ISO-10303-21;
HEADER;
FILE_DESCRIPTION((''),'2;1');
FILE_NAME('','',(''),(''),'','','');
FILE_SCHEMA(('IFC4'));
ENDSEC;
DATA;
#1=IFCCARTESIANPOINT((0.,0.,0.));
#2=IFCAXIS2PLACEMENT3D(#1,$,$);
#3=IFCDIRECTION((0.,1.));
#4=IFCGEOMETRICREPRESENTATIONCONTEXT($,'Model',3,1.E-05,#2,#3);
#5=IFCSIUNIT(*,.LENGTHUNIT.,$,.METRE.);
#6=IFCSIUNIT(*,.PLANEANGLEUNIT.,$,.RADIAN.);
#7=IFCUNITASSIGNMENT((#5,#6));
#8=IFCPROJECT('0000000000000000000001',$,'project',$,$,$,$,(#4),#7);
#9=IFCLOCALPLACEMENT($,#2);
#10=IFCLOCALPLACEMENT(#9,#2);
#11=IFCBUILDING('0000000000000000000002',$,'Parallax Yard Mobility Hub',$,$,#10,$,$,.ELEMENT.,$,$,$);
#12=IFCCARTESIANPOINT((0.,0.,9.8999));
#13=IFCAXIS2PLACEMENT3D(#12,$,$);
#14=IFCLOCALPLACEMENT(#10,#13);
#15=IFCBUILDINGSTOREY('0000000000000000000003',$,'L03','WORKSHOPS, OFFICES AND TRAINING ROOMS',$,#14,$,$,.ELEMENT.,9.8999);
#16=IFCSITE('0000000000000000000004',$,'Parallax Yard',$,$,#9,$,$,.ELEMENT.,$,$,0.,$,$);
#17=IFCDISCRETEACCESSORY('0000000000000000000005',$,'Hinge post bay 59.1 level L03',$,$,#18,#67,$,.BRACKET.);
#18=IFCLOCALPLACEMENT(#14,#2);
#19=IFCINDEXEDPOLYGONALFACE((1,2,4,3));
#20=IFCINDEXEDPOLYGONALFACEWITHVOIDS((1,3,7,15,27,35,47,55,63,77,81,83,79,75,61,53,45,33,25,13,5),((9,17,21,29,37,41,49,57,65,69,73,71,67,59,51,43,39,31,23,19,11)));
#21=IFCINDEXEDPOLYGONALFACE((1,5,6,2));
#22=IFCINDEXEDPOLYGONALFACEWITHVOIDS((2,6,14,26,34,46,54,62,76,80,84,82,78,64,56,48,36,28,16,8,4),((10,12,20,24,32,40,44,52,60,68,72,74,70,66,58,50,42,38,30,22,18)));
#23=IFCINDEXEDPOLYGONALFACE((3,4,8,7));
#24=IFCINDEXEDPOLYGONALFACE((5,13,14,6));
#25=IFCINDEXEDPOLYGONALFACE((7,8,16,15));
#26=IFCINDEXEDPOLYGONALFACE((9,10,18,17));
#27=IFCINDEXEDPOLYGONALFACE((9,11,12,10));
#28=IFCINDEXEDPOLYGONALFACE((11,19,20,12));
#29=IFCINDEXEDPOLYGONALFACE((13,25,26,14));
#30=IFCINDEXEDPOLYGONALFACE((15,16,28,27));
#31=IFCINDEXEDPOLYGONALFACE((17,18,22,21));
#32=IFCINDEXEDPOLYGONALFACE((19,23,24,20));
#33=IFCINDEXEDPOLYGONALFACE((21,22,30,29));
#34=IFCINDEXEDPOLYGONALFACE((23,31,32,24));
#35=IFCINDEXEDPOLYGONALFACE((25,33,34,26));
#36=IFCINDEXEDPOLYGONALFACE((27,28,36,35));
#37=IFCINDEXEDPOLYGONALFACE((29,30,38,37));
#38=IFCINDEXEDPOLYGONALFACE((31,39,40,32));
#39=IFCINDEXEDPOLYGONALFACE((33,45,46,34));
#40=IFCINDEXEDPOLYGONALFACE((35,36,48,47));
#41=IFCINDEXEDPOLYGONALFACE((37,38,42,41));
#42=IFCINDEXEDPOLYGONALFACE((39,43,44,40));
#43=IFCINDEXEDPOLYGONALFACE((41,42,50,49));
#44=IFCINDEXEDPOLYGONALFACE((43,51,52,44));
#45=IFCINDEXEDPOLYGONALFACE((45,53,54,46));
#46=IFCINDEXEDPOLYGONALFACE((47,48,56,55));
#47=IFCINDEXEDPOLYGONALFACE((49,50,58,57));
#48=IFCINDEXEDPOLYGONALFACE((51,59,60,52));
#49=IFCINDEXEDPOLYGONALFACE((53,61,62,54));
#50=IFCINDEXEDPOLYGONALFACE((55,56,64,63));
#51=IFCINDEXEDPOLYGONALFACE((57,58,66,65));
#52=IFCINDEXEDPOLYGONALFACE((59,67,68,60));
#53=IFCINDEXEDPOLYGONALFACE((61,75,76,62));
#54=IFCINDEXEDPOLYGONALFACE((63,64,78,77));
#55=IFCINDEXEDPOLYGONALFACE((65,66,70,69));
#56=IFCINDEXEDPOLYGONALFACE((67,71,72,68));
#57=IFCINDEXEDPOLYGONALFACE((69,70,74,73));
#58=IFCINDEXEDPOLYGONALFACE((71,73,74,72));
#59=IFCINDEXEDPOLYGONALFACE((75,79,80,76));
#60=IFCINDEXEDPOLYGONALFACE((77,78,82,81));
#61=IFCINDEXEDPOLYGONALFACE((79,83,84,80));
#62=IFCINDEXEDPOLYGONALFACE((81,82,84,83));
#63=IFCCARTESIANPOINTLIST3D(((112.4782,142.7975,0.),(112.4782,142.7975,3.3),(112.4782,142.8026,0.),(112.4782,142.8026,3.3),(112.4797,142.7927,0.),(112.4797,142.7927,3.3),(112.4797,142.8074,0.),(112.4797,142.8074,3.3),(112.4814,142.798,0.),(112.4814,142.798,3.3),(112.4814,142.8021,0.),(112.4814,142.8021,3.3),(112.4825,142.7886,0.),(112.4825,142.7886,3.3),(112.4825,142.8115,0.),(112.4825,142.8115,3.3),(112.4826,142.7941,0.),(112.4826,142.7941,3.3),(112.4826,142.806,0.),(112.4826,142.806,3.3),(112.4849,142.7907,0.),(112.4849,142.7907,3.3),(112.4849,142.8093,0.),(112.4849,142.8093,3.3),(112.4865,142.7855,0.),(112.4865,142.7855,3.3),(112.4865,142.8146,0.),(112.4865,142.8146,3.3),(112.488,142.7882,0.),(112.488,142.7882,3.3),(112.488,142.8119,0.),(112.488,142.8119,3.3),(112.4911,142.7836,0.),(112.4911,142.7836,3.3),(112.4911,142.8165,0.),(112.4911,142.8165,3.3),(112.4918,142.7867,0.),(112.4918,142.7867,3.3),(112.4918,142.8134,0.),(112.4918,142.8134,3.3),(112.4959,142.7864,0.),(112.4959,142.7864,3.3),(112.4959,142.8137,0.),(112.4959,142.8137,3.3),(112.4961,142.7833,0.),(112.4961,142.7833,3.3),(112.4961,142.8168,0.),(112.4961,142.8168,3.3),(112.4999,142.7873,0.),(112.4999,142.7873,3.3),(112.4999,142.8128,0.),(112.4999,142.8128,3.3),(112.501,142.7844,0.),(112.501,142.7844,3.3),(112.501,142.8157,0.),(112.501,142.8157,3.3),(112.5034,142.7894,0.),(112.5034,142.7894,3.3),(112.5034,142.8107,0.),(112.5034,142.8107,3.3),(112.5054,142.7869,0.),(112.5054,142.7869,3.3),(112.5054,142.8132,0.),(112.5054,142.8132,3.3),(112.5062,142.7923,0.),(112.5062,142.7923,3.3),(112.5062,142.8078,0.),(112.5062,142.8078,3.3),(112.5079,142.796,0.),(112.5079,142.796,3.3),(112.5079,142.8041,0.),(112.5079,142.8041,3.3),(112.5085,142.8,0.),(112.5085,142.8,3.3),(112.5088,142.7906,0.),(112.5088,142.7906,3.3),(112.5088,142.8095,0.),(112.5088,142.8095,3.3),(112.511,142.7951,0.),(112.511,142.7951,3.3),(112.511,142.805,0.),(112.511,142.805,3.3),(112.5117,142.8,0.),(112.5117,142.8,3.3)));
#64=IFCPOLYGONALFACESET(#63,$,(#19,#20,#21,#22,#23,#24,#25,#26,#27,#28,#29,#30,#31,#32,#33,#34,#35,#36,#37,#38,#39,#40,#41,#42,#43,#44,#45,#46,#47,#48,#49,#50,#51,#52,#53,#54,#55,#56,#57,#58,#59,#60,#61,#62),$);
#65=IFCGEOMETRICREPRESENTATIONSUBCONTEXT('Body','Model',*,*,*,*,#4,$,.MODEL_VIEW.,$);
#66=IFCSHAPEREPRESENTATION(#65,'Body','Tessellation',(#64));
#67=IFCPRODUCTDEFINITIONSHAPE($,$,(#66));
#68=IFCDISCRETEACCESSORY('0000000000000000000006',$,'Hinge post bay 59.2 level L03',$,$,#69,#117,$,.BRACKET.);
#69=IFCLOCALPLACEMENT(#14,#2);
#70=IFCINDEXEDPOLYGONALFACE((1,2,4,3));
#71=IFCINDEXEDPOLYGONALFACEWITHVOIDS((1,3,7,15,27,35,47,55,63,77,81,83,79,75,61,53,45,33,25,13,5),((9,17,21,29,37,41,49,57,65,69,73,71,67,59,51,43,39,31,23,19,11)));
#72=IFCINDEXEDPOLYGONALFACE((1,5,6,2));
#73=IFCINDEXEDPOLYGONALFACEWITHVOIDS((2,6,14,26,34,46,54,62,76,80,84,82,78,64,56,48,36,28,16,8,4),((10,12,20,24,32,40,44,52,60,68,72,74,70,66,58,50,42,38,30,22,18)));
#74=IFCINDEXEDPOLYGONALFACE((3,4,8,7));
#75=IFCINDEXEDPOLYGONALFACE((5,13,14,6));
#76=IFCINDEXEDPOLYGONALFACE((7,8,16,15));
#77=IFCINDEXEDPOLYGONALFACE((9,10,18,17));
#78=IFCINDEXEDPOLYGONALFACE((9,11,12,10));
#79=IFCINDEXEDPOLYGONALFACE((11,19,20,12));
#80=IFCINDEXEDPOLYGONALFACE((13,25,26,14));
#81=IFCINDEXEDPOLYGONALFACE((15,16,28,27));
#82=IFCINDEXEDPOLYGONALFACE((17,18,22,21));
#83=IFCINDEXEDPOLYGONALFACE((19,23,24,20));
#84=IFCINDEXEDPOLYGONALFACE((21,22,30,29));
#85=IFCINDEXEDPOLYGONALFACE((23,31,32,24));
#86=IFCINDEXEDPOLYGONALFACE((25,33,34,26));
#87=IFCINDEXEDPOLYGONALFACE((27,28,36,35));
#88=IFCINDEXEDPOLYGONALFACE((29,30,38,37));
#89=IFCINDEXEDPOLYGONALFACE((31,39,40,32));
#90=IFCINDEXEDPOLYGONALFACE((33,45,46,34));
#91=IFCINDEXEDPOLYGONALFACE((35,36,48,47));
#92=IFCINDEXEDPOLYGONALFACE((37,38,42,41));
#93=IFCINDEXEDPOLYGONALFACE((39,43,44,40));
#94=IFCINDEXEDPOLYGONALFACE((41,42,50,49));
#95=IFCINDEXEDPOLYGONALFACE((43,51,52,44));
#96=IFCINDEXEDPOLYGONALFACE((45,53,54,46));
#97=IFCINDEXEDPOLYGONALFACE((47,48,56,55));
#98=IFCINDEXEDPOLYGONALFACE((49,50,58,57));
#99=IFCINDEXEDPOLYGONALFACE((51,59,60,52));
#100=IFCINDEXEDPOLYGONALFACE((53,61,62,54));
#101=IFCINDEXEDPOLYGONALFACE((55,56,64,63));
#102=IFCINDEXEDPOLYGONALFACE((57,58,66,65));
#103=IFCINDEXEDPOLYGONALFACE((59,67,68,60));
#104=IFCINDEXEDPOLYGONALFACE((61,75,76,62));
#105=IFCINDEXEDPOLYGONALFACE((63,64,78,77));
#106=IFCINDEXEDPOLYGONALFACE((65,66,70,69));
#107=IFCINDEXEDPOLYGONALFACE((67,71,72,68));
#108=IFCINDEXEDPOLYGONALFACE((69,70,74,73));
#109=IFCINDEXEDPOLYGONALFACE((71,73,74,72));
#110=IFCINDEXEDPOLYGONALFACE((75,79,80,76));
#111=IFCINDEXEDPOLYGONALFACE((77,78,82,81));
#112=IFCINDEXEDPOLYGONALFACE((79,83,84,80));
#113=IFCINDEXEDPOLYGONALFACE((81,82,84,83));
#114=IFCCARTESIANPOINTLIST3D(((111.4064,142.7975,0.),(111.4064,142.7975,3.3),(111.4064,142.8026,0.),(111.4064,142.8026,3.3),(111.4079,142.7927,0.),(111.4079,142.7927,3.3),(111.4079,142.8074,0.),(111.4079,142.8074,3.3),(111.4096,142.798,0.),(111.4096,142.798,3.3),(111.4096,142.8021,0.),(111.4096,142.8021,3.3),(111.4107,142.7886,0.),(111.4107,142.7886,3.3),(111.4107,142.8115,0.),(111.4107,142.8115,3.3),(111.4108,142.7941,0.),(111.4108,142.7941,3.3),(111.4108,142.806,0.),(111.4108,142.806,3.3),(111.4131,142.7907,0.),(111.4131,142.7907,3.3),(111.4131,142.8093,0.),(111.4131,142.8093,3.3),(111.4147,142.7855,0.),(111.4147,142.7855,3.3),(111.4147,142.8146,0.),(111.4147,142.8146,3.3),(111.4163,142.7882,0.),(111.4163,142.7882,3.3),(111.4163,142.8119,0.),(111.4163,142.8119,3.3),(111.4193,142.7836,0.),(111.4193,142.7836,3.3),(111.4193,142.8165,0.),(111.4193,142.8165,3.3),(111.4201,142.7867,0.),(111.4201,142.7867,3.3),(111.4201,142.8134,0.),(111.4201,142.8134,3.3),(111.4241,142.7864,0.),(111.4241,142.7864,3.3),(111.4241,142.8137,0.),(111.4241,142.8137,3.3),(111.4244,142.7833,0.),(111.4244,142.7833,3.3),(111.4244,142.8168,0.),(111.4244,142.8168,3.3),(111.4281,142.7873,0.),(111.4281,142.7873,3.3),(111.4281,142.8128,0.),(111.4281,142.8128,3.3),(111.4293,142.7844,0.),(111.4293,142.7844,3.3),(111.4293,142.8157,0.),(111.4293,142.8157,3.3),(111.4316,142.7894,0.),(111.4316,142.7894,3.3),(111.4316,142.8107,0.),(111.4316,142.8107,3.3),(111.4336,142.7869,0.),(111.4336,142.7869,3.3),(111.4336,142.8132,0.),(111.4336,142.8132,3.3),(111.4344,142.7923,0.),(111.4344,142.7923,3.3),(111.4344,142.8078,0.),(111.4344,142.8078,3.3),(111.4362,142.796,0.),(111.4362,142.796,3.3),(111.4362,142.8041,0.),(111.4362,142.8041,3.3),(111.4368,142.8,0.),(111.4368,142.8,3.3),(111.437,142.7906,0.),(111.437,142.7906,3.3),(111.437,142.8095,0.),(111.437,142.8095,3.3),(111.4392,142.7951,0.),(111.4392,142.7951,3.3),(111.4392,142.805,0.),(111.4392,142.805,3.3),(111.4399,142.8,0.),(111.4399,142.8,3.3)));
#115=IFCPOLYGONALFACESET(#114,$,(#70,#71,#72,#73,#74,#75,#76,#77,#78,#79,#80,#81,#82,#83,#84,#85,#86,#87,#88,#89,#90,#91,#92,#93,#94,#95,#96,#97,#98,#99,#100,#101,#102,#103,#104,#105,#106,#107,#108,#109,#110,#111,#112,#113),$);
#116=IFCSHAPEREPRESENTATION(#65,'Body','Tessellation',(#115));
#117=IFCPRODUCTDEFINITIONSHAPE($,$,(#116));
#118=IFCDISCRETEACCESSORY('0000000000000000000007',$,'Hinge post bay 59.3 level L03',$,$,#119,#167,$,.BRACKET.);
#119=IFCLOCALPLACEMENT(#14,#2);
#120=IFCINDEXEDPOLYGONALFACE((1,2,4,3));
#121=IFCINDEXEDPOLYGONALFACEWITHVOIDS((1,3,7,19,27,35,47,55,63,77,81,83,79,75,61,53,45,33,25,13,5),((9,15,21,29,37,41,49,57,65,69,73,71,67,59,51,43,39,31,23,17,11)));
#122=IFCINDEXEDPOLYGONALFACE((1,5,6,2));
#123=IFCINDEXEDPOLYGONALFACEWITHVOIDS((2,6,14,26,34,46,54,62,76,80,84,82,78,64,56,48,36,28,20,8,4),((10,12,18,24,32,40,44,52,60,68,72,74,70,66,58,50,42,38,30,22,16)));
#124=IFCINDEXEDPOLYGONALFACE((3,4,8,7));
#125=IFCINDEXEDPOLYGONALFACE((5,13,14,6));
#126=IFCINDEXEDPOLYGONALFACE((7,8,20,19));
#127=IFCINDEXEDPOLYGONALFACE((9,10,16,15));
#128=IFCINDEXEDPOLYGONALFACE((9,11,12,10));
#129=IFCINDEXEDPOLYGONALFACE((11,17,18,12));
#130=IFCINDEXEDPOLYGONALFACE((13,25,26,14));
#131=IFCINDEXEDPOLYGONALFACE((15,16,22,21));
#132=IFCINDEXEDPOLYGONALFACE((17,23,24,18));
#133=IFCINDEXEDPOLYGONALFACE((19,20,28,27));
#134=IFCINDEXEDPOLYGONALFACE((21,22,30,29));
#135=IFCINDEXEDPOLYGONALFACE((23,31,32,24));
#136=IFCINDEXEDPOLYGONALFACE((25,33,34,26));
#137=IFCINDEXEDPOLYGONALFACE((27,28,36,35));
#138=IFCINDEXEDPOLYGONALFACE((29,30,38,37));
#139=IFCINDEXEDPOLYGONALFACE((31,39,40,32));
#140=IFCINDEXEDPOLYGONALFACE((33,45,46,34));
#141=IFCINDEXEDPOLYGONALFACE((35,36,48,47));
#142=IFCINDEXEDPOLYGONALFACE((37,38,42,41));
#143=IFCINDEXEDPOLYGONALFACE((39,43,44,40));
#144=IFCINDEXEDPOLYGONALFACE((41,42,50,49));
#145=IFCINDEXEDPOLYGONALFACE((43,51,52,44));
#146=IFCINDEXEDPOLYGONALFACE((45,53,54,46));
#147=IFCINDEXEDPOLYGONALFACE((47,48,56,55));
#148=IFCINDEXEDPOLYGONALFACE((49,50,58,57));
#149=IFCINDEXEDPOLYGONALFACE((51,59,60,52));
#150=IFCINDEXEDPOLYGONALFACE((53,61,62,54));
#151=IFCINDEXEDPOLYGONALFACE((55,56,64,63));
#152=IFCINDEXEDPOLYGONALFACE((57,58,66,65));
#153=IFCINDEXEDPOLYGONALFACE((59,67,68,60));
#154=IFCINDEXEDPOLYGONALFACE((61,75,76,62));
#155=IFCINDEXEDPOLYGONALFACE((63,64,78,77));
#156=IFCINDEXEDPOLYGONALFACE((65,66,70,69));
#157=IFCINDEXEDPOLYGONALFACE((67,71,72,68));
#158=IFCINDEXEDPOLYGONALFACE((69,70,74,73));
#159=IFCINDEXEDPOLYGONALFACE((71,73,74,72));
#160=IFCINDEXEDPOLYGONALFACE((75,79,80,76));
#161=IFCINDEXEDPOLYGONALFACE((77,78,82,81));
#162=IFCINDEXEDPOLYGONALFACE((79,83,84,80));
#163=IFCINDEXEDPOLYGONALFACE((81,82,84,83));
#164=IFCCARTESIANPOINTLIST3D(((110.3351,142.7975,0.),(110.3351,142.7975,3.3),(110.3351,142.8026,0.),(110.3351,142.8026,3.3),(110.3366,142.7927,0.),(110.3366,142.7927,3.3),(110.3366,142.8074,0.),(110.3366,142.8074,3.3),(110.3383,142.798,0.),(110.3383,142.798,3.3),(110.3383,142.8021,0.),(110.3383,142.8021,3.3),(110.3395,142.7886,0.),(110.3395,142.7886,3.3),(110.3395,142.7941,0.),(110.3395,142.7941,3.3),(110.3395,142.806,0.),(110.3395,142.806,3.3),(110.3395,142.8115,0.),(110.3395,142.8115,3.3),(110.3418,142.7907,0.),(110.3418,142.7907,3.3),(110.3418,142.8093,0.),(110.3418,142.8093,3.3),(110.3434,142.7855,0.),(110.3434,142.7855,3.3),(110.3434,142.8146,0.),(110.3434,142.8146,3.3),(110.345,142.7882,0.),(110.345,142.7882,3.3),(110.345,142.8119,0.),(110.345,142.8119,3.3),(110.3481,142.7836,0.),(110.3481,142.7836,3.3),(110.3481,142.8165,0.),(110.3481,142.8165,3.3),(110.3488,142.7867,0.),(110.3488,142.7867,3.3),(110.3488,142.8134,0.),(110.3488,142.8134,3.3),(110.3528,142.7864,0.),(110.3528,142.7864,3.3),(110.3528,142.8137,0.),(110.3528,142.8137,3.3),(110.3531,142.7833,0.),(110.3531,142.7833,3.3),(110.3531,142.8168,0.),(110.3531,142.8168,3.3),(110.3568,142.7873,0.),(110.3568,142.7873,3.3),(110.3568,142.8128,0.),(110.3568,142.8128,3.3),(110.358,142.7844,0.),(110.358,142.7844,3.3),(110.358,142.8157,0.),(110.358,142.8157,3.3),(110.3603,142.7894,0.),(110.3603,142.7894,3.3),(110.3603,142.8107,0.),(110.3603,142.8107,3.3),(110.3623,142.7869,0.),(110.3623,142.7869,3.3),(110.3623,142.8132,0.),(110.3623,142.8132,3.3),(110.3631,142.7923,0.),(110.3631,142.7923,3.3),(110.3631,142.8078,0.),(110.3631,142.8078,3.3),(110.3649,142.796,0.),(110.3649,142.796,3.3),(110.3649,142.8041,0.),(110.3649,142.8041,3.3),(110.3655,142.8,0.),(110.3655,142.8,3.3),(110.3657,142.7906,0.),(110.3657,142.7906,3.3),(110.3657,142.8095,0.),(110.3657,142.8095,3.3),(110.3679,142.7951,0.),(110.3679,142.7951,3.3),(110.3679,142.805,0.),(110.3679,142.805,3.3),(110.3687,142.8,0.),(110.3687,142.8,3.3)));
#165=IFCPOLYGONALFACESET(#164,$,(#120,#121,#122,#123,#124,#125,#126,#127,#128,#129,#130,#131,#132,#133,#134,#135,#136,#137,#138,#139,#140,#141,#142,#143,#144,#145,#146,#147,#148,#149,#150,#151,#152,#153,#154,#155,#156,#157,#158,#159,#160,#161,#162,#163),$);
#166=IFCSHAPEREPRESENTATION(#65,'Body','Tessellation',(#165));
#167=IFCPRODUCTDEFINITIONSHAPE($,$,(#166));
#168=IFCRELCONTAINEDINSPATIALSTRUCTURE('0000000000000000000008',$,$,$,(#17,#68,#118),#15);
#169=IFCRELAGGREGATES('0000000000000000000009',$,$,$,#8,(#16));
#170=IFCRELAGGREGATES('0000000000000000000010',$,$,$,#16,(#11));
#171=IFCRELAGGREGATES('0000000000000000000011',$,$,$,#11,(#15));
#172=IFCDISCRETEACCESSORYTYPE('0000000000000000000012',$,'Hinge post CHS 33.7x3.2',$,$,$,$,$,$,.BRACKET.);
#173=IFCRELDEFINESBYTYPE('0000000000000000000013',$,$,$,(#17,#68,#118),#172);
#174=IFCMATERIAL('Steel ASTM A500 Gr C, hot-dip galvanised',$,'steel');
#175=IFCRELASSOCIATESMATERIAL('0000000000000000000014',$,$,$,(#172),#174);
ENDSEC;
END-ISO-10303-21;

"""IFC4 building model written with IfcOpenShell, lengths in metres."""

from ifc_helpers import new_model, si_unit, direction, frame, origin, origin_2d, place, context, subcontext, project, spatial, hollow_circle, extrude, material, material_profile, profile_set, type_object, element, save


model = new_model("IFC4")

# Units and contexts
model_context = context("Model", 3, precision=1e-05, world=origin(), true_north=direction((0.0, 1.0)))
body_context = subcontext(model_context, "Body", "Model", "MODEL_VIEW")
ifc_project = project(units=[si_unit("LENGTHUNIT", "METRE"), si_unit("PLANEANGLEUNIT", "RADIAN")], contexts=[model_context])

# Site, building, storey
site_placement = place(None, origin())
site = spatial("IfcSite", under=ifc_project, at=site_placement, Name="Parallax Yard", CompositionType="ELEMENT", RefElevation=0.0)
building_placement = place(site_placement, origin())
building = spatial("IfcBuilding", under=site, at=building_placement, Name="Parallax Yard Mobility Hub", CompositionType="ELEMENT")
storey_placement = place(building_placement, frame((0.0, 0.0, 9.8999)))
storey = spatial("IfcBuildingStorey", under=building, at=storey_placement, Name="L03", Description="WORKSHOPS, OFFICES AND TRAINING ROOMS", CompositionType="ELEMENT", Elevation=9.8999)

# Discrete accessories
ifc_material_1 = material(Name="Steel ASTM A500 Gr C, hot-dip galvanised", Category="steel")
ifc_material_profile = material_profile(ifc_material_1, hollow_circle(Radius=0.0168, WallThickness=0.0032, at=origin_2d()), Name="CHS 33.7x3.2")
ifc_profile_set = profile_set([ifc_material_profile], Name="Steel ASTM A500 Gr C, hot-dip galvanised")
discrete_accessory_type_1 = type_object("IfcDiscreteAccessoryType", Name="Hinge post CHS 33.7x3.2", PredefinedType="BRACKET", material=ifc_profile_set)
for number, where, z_axis, x_axis, name in (
    (1, (112.4949, 142.8, 0.0), (0.0, 0.0, 1.0), (1.0, 0.0, 0.0), "Hinge post bay 59.1 level L03"),
    (2, (111.4231, 142.8, 0.0), (0.0, 0.0, 1.0), (1.0, 0.0, 0.0), "Hinge post bay 59.2 level L03"),
    (3, (110.3518, 142.8, 0.0), (0.0, 0.0, 1.0), (1.0, 0.0, 0.0), "Hinge post bay 59.3 level L03"),
):
    element("IfcDiscreteAccessory", number, at=place(storey_placement, frame(where, z_axis=z_axis, x_axis=x_axis)), inside=storey, type_object=discrete_accessory_type_1, Name=name, PredefinedType="BRACKET", context=body_context, shape_type="SweptSolid", body=[
        extrude(hollow_circle(Radius=0.0168, WallThickness=0.0032, at=origin_2d()), origin(), (0.0, 0.0, 1.0), 3.3),
    ])

save(model, "model.ifc")
